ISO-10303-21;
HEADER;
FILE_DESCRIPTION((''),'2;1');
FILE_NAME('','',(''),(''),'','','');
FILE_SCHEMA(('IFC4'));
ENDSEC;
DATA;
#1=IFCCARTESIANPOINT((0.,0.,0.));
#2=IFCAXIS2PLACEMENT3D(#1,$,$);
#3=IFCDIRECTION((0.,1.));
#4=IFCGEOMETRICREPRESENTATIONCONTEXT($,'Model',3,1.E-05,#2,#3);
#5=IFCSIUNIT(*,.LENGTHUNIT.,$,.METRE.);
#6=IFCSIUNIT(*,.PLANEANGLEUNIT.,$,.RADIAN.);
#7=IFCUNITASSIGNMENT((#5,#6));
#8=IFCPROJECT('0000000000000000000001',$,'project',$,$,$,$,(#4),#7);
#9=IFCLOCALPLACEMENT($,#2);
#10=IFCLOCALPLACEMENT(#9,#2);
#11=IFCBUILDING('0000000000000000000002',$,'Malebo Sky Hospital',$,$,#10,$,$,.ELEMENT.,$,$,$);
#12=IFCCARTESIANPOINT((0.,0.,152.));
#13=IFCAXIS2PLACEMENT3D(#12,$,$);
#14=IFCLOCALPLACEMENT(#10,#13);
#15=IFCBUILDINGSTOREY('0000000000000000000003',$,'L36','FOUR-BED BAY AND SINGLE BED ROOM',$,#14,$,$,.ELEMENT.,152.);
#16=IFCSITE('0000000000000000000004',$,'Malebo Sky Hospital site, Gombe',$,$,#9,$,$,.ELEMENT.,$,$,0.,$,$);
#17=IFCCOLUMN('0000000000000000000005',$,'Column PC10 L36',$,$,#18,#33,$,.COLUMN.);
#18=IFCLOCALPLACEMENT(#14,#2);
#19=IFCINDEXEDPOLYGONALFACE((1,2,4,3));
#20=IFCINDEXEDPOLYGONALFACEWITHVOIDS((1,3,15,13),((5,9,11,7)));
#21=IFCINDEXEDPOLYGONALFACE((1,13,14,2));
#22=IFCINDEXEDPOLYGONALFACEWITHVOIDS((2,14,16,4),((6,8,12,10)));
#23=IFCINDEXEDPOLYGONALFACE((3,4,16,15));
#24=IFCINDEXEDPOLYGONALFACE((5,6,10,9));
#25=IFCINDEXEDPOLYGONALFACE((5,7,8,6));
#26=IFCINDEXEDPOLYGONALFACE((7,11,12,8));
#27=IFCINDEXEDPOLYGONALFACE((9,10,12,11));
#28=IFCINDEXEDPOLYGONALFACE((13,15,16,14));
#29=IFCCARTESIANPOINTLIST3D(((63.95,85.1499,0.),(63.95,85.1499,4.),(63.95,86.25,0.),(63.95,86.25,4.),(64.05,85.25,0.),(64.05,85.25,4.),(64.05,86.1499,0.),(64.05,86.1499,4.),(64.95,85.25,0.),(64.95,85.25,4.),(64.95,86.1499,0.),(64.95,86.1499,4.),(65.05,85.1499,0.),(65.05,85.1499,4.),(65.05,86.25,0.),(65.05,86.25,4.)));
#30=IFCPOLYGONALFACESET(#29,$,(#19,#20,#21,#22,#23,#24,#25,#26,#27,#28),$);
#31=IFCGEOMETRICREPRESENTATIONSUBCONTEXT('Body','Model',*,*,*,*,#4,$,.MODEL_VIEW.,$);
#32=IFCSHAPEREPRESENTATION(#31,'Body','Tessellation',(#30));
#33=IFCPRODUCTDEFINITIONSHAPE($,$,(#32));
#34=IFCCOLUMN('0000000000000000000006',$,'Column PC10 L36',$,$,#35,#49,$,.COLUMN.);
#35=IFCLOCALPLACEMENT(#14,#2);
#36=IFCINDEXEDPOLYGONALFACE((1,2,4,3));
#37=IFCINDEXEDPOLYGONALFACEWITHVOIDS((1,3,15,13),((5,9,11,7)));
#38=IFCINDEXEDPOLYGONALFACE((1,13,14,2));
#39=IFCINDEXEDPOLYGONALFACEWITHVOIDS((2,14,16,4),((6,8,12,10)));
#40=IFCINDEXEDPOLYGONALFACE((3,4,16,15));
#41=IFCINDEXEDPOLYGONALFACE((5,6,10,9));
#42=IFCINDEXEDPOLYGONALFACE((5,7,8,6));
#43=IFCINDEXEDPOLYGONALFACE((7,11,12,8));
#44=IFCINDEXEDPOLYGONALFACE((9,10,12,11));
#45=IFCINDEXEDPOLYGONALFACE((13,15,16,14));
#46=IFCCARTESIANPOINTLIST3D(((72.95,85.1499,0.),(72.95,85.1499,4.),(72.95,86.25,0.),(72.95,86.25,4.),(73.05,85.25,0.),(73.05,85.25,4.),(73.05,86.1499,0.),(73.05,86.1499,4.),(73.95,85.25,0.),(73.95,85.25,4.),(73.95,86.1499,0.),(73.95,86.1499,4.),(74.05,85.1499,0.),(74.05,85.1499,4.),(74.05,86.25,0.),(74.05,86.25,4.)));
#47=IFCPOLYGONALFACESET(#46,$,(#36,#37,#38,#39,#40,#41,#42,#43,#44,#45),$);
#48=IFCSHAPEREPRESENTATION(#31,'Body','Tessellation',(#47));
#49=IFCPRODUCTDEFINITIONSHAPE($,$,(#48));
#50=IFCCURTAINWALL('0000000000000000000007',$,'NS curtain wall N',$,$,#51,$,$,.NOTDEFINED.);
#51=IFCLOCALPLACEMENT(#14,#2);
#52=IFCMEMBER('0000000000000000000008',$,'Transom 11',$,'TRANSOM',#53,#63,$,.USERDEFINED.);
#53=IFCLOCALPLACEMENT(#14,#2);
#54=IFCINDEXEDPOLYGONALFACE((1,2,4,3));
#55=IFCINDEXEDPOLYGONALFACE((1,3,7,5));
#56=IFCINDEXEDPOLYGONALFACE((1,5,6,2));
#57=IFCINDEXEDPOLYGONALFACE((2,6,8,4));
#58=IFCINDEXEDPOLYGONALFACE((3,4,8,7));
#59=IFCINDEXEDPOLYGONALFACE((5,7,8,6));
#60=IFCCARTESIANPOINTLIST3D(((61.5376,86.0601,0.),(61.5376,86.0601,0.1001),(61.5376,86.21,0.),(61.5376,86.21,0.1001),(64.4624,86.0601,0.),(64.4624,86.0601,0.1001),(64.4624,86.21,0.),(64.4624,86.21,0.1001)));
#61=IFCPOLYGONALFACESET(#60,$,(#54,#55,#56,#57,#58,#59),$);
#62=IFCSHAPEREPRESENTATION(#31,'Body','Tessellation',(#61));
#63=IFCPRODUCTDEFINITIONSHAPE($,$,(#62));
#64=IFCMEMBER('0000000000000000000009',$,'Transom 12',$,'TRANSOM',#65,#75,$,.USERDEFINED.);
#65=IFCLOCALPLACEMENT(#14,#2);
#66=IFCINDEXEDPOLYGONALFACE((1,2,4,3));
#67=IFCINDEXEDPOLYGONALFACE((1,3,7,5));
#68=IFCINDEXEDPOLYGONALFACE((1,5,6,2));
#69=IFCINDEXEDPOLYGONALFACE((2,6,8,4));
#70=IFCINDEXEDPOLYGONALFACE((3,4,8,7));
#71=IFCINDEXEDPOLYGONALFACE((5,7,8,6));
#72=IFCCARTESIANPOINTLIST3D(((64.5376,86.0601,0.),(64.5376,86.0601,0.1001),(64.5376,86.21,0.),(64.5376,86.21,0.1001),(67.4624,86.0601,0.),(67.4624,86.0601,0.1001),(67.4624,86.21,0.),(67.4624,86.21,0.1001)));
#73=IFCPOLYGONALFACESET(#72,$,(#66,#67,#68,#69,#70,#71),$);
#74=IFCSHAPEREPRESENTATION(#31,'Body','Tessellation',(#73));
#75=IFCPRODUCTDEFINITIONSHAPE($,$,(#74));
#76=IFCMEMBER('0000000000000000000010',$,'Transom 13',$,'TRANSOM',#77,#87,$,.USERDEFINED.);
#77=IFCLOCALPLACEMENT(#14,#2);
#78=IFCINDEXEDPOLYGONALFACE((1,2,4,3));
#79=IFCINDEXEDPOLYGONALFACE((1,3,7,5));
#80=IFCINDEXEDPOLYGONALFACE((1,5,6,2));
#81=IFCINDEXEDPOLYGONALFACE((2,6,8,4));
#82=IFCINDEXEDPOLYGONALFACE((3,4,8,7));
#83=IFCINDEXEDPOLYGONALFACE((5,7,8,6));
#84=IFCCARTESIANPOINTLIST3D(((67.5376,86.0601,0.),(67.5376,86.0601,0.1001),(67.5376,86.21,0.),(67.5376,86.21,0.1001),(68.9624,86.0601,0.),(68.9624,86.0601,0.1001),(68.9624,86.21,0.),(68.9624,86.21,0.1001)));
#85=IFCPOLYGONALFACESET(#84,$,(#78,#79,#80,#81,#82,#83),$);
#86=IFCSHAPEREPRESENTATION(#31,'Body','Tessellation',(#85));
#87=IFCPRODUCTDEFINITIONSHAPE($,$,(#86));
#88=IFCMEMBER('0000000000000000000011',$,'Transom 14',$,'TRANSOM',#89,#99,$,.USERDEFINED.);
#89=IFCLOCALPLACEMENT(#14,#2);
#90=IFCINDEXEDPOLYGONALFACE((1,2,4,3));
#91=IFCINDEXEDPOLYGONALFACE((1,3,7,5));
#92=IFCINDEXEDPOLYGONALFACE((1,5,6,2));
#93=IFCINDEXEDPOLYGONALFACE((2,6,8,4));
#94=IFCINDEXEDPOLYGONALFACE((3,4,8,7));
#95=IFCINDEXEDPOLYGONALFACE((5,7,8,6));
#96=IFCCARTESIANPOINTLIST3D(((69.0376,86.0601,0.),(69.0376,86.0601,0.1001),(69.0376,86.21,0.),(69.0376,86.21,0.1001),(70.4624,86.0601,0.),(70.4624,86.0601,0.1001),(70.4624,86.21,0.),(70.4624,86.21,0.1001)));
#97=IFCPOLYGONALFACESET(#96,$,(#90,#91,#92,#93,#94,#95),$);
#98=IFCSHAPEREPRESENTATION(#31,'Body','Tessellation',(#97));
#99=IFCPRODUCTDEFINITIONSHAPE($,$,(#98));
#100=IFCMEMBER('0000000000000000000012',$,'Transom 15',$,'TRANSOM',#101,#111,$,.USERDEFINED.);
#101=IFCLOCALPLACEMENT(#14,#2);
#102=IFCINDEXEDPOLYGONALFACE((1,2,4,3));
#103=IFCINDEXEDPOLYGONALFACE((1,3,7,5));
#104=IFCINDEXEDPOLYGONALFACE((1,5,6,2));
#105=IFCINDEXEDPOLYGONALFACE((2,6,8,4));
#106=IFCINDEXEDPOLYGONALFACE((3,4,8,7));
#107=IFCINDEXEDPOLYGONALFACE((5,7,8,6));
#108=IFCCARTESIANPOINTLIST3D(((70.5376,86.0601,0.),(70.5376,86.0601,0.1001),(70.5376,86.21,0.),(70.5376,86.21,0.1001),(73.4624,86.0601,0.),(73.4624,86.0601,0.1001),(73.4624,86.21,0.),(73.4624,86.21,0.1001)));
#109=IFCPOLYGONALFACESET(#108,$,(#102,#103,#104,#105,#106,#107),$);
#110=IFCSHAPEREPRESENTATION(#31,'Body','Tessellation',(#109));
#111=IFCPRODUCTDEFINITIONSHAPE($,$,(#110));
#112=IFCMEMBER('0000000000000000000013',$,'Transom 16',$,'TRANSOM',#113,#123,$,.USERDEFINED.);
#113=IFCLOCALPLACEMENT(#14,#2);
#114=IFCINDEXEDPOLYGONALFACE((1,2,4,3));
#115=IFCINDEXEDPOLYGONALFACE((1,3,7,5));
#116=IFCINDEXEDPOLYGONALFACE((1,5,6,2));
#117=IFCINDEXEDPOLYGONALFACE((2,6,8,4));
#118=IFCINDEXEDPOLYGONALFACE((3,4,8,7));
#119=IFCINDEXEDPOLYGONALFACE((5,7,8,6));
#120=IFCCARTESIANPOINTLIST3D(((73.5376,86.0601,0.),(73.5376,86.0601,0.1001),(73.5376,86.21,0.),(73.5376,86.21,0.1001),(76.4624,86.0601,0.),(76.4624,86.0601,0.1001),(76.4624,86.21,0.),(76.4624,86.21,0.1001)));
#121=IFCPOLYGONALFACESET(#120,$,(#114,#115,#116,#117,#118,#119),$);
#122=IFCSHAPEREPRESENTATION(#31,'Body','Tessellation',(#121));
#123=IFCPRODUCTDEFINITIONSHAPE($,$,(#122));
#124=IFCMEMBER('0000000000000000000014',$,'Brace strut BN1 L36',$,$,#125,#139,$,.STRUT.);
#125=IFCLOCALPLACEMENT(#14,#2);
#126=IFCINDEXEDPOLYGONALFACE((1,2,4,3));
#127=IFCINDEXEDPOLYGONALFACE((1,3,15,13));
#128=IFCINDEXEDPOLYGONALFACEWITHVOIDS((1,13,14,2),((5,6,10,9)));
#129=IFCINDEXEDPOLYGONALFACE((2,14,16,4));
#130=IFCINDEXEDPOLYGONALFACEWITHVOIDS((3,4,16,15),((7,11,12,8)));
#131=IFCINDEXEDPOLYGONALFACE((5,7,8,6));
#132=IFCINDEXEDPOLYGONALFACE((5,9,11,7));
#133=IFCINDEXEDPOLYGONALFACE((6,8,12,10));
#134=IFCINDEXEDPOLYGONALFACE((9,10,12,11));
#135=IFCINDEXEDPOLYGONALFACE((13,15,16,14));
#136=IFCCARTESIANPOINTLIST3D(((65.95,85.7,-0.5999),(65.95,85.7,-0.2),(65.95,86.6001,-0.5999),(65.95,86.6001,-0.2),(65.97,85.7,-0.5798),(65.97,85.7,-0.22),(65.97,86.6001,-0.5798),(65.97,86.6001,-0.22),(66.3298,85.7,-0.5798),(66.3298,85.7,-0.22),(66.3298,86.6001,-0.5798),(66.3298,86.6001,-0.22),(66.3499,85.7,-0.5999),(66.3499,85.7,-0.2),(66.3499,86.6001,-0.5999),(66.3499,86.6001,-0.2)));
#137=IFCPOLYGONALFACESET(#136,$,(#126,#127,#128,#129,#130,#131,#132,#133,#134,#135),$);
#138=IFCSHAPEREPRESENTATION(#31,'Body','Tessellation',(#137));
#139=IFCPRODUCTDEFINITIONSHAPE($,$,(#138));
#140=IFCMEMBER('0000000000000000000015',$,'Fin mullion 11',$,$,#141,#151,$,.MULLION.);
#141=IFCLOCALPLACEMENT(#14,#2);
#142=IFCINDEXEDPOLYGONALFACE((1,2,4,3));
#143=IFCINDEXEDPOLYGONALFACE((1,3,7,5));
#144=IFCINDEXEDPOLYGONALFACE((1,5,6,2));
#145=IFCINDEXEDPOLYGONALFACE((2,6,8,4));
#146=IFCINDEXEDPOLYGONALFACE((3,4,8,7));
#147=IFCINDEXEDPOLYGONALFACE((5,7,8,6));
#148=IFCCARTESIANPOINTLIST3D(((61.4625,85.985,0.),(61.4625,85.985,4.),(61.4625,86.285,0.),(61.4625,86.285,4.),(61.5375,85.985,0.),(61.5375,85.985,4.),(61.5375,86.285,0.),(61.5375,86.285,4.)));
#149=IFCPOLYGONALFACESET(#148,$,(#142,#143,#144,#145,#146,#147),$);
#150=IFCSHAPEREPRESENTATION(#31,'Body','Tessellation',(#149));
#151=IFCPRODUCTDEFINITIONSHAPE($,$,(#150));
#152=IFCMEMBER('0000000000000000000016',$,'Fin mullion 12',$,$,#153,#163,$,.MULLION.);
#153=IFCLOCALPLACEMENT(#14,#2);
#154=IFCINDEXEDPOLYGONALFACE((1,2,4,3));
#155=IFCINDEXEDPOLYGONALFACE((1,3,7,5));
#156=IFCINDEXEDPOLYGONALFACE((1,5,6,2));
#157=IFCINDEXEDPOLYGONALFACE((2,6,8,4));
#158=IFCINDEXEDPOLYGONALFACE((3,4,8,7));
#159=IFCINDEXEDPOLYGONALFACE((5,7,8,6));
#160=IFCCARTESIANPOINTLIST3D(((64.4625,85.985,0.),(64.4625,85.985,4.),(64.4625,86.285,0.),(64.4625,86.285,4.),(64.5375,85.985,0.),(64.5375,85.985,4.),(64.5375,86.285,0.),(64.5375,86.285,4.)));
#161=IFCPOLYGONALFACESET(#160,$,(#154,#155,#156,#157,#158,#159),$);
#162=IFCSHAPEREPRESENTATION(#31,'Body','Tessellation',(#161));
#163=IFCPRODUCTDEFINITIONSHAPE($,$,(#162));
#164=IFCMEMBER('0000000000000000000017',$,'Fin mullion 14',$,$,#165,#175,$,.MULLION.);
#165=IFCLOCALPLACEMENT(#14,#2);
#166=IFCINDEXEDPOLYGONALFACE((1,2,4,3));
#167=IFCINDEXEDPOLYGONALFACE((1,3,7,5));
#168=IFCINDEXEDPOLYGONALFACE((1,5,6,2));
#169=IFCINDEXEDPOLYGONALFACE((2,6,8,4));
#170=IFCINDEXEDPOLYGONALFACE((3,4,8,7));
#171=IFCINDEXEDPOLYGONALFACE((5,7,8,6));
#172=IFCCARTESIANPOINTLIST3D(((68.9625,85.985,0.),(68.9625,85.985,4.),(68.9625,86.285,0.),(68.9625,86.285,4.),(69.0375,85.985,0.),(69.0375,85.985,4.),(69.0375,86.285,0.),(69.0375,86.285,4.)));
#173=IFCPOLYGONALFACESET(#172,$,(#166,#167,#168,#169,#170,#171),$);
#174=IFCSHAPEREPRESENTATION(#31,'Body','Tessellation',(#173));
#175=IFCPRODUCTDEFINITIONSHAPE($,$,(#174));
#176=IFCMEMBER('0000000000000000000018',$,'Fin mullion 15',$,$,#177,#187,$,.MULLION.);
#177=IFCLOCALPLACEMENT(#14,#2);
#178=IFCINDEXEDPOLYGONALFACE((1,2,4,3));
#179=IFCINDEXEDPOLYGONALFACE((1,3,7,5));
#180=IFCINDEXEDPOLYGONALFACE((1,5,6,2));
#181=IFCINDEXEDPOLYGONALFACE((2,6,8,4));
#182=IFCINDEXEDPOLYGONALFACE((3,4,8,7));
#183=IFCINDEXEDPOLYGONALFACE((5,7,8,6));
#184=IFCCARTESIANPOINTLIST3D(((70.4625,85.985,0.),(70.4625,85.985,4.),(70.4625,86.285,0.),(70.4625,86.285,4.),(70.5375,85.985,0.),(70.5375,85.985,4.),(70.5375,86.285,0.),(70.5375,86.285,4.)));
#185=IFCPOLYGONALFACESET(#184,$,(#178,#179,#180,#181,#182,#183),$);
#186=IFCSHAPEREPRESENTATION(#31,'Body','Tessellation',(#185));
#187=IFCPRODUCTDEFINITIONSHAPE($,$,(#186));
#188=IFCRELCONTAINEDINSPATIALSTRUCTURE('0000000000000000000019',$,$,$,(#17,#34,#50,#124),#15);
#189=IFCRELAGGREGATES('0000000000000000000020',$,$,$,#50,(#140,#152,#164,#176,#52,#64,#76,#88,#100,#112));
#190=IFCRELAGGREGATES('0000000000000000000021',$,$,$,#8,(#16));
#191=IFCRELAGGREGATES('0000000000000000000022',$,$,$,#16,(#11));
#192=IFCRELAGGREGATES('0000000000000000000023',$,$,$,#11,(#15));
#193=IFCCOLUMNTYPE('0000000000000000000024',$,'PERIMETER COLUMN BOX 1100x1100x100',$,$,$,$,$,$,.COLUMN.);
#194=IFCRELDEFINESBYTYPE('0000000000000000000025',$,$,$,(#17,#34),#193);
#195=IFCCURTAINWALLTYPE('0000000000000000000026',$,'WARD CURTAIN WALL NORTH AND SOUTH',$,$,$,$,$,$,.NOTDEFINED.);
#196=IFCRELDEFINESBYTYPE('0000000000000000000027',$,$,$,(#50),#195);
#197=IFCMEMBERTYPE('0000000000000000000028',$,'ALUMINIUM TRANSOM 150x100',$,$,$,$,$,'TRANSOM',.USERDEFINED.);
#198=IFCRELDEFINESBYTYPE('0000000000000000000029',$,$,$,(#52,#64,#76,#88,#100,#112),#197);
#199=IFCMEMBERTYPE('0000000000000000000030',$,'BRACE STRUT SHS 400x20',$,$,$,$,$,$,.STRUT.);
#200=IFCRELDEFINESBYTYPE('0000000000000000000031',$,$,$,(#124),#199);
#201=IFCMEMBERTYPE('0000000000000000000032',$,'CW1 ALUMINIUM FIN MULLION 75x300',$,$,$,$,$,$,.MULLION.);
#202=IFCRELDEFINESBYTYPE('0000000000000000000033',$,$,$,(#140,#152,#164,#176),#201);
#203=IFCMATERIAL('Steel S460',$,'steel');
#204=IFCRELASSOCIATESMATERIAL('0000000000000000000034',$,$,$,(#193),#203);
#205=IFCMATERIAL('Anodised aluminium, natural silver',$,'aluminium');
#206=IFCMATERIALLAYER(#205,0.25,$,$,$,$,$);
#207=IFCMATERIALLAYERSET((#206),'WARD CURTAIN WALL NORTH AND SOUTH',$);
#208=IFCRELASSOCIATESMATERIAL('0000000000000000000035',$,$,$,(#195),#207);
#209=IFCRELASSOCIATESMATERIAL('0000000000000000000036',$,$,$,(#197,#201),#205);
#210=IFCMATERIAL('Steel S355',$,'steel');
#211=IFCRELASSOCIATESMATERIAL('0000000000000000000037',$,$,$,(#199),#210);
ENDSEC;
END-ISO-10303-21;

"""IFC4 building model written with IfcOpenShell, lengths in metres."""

from ifc_helpers import new_model, si_unit, direction, frame, origin, origin_2d, place, context, subcontext, project, spatial, rectangle, hollow_rectangle, extrude, material, layer, layer_set, material_profile, profile_set, type_object, element, aggregate, save


model = new_model("IFC4")

# Units and contexts
model_context = context("Model", 3, precision=1e-05, world=origin(), true_north=direction((0.0, 1.0)))
body_context = subcontext(model_context, "Body", "Model", "MODEL_VIEW")
ifc_project = project(units=[si_unit("LENGTHUNIT", "METRE"), si_unit("PLANEANGLEUNIT", "RADIAN")], contexts=[model_context])

# Site, building, storey
site_placement = place(None, origin())
site = spatial("IfcSite", under=ifc_project, at=site_placement, Name="Malebo Sky Hospital site, Gombe", CompositionType="ELEMENT", RefElevation=0.0)
building_placement = place(site_placement, origin())
building = spatial("IfcBuilding", under=site, at=building_placement, Name="Malebo Sky Hospital", CompositionType="ELEMENT")
storey_placement = place(building_placement, frame((0.0, 0.0, 152.0)))
storey = spatial("IfcBuildingStorey", under=building, at=storey_placement, Name="L36", Description="FOUR-BED BAY AND SINGLE BED ROOM", CompositionType="ELEMENT", Elevation=152.0)

# Columns
ifc_material_1 = material(Name="Steel S460", Category="steel")
ifc_material_profile_1 = material_profile(ifc_material_1, hollow_rectangle(XDim=1.1001, YDim=1.1001, WallThickness=0.1001, at=origin_2d()), Name="BOX 1100x1100x100")
ifc_profile_set_1 = profile_set([ifc_material_profile_1], Name="Steel S460")
column_type = type_object("IfcColumnType", Name="PERIMETER COLUMN BOX 1100x1100x100", PredefinedType="COLUMN", material=ifc_profile_set_1)
for number, where, z_axis, x_axis, name in (
    (1, (64.5, 85.7, 0.0), (0.0, 0.0, 1.0), (1.0, 0.0, 0.0), "Column PC10 L36"),
    (2, (73.5, 85.7, 0.0), (0.0, 0.0, 1.0), (1.0, 0.0, 0.0), "Column PC10 L36"),
):
    element("IfcColumn", number, at=place(storey_placement, frame(where, z_axis=z_axis, x_axis=x_axis)), inside=storey, type_object=column_type, Name=name, PredefinedType="COLUMN", context=body_context, shape_type="SweptSolid", body=[
        extrude(hollow_rectangle(XDim=1.1001, YDim=1.1001, WallThickness=0.1001, at=origin_2d()), origin(), (0.0, 0.0, 1.0), 4.0),
    ])

# Curtain wall, members
ifc_material_2 = material(Name="Anodised aluminium, natural silver", Category="aluminium")
ifc_layer_1 = layer(ifc_material_2, 0.25)
ifc_layer_set_1 = layer_set([ifc_layer_1], Name="WARD CURTAIN WALL NORTH AND SOUTH")
curtain_wall_type = type_object("IfcCurtainWallType", Name="WARD CURTAIN WALL NORTH AND SOUTH", PredefinedType="NOTDEFINED", material=ifc_layer_set_1)
curtain_wall_placement = place(storey_placement, origin())
curtain_wall = element("IfcCurtainWall", 3, at=curtain_wall_placement, inside=storey, type_object=curtain_wall_type, Name="NS curtain wall N", PredefinedType="NOTDEFINED")
ifc_material_profile_2 = material_profile(ifc_material_2, rectangle(XDim=0.1499, YDim=0.1001, at=origin_2d()), Name="ALUMINIUM TRANSOM 150x100")
ifc_profile_set_2 = profile_set([ifc_material_profile_2], Name="Anodised aluminium, natural silver")
member_type_1 = type_object("IfcMemberType", Name="ALUMINIUM TRANSOM 150x100", ElementType="TRANSOM", PredefinedType="USERDEFINED", material=ifc_profile_set_2)
member_1_placement = place(storey_placement, frame((61.5376, 86.135, 0.05), z_axis=(1.0, 0.0, 0.0), x_axis=(0.0, 1.0, 0.0)))
member_1 = element("IfcMember", 4, at=member_1_placement, type_object=member_type_1, Name="Transom 11", ObjectType="TRANSOM", PredefinedType="USERDEFINED", context=body_context, shape_type="SweptSolid", body=[
    extrude(rectangle(XDim=0.1499, YDim=0.1001, at=origin_2d()), origin(), (0.0, 0.0, 1.0), 2.9248),
])
member_2_placement = place(storey_placement, frame((64.5376, 86.135, 0.05), z_axis=(1.0, 0.0, 0.0), x_axis=(0.0, 1.0, 0.0)))
member_2 = element("IfcMember", 5, at=member_2_placement, type_object=member_type_1, Name="Transom 12", ObjectType="TRANSOM", PredefinedType="USERDEFINED", context=body_context, shape_type="SweptSolid", body=[
    extrude(rectangle(XDim=0.1499, YDim=0.1001, at=origin_2d()), origin(), (0.0, 0.0, 1.0), 2.9248),
])
member_3_placement = place(storey_placement, frame((67.5376, 86.135, 0.05), z_axis=(1.0, 0.0, 0.0), x_axis=(0.0, 1.0, 0.0)))
member_3 = element("IfcMember", 6, at=member_3_placement, type_object=member_type_1, Name="Transom 13", ObjectType="TRANSOM", PredefinedType="USERDEFINED", context=body_context, shape_type="SweptSolid", body=[
    extrude(rectangle(XDim=0.1499, YDim=0.1001, at=origin_2d()), origin(), (0.0, 0.0, 1.0), 1.4248),
])
member_4_placement = place(storey_placement, frame((69.0376, 86.135, 0.05), z_axis=(1.0, 0.0, 0.0), x_axis=(0.0, 1.0, 0.0)))
member_4 = element("IfcMember", 7, at=member_4_placement, type_object=member_type_1, Name="Transom 14", ObjectType="TRANSOM", PredefinedType="USERDEFINED", context=body_context, shape_type="SweptSolid", body=[
    extrude(rectangle(XDim=0.1499, YDim=0.1001, at=origin_2d()), origin(), (0.0, 0.0, 1.0), 1.4248),
])
member_5_placement = place(storey_placement, frame((70.5376, 86.135, 0.05), z_axis=(1.0, 0.0, 0.0), x_axis=(0.0, 1.0, 0.0)))
member_5 = element("IfcMember", 8, at=member_5_placement, type_object=member_type_1, Name="Transom 15", ObjectType="TRANSOM", PredefinedType="USERDEFINED", context=body_context, shape_type="SweptSolid", body=[
    extrude(rectangle(XDim=0.1499, YDim=0.1001, at=origin_2d()), origin(), (0.0, 0.0, 1.0), 2.9248),
])
member_6_placement = place(storey_placement, frame((73.5376, 86.135, 0.05), z_axis=(1.0, 0.0, 0.0), x_axis=(0.0, 1.0, 0.0)))
member_6 = element("IfcMember", 9, at=member_6_placement, type_object=member_type_1, Name="Transom 16", ObjectType="TRANSOM", PredefinedType="USERDEFINED", context=body_context, shape_type="SweptSolid", body=[
    extrude(rectangle(XDim=0.1499, YDim=0.1001, at=origin_2d()), origin(), (0.0, 0.0, 1.0), 2.9248),
])

# Members
ifc_material_3 = material(Name="Steel S355", Category="steel")
ifc_material_profile_3 = material_profile(ifc_material_3, hollow_rectangle(XDim=0.3999, YDim=0.3999, WallThickness=0.02, at=origin_2d()), Name="SHS 400x20")
ifc_profile_set_3 = profile_set([ifc_material_profile_3], Name="Steel S355")
member_type_2 = type_object("IfcMemberType", Name="BRACE STRUT SHS 400x20", PredefinedType="STRUT", material=ifc_profile_set_3)
member_7_placement = place(storey_placement, frame((66.1499, 86.6001, -0.3999), z_axis=(0.0, -1.0, 0.0), x_axis=(1.0, 0.0, 0.0)))
element("IfcMember", 10, at=member_7_placement, inside=storey, type_object=member_type_2, Name="Brace strut BN1 L36", PredefinedType="STRUT", context=body_context, shape_type="SweptSolid", body=[
    extrude(hollow_rectangle(XDim=0.3999, YDim=0.3999, WallThickness=0.02, at=origin_2d()), origin(), (0.0, 0.0, 1.0), 0.9001),
])
ifc_material_profile_4 = material_profile(ifc_material_2, rectangle(XDim=0.075, YDim=0.3, at=origin_2d()), Name="CW1 ALUMINIUM FIN MULLION 75x300")
ifc_profile_set_4 = profile_set([ifc_material_profile_4], Name="Anodised aluminium, natural silver")
member_type_3 = type_object("IfcMemberType", Name="CW1 ALUMINIUM FIN MULLION 75x300", PredefinedType="MULLION", material=ifc_profile_set_4)
member_8_placement = place(storey_placement, frame((61.5, 86.135, 0.0), z_axis=(0.0, 0.0, 1.0), x_axis=(1.0, 0.0, 0.0)))
member_8 = element("IfcMember", 11, at=member_8_placement, type_object=member_type_3, Name="Fin mullion 11", PredefinedType="MULLION", context=body_context, shape_type="SweptSolid", body=[
    extrude(rectangle(XDim=0.075, YDim=0.3, at=origin_2d()), origin(), (0.0, 0.0, 1.0), 4.0),
])
member_9_placement = place(storey_placement, frame((64.5, 86.135, 0.0), z_axis=(0.0, 0.0, 1.0), x_axis=(1.0, 0.0, 0.0)))
member_9 = element("IfcMember", 12, at=member_9_placement, type_object=member_type_3, Name="Fin mullion 12", PredefinedType="MULLION", context=body_context, shape_type="SweptSolid", body=[
    extrude(rectangle(XDim=0.075, YDim=0.3, at=origin_2d()), origin(), (0.0, 0.0, 1.0), 4.0),
])
member_10_placement = place(storey_placement, frame((69.0, 86.135, 0.0), z_axis=(0.0, 0.0, 1.0), x_axis=(1.0, 0.0, 0.0)))
member_10 = element("IfcMember", 13, at=member_10_placement, type_object=member_type_3, Name="Fin mullion 14", PredefinedType="MULLION", context=body_context, shape_type="SweptSolid", body=[
    extrude(rectangle(XDim=0.075, YDim=0.3, at=origin_2d()), origin(), (0.0, 0.0, 1.0), 4.0),
])
member_11_placement = place(storey_placement, frame((70.5, 86.135, 0.0), z_axis=(0.0, 0.0, 1.0), x_axis=(1.0, 0.0, 0.0)))
member_11 = element("IfcMember", 14, at=member_11_placement, type_object=member_type_3, Name="Fin mullion 15", PredefinedType="MULLION", context=body_context, shape_type="SweptSolid", body=[
    extrude(rectangle(XDim=0.075, YDim=0.3, at=origin_2d()), origin(), (0.0, 0.0, 1.0), 4.0),
])

aggregate(curtain_wall, [member_8, member_9, member_10, member_11, member_1, member_2, member_3, member_4, member_5, member_6])

save(model, "model.ifc")
